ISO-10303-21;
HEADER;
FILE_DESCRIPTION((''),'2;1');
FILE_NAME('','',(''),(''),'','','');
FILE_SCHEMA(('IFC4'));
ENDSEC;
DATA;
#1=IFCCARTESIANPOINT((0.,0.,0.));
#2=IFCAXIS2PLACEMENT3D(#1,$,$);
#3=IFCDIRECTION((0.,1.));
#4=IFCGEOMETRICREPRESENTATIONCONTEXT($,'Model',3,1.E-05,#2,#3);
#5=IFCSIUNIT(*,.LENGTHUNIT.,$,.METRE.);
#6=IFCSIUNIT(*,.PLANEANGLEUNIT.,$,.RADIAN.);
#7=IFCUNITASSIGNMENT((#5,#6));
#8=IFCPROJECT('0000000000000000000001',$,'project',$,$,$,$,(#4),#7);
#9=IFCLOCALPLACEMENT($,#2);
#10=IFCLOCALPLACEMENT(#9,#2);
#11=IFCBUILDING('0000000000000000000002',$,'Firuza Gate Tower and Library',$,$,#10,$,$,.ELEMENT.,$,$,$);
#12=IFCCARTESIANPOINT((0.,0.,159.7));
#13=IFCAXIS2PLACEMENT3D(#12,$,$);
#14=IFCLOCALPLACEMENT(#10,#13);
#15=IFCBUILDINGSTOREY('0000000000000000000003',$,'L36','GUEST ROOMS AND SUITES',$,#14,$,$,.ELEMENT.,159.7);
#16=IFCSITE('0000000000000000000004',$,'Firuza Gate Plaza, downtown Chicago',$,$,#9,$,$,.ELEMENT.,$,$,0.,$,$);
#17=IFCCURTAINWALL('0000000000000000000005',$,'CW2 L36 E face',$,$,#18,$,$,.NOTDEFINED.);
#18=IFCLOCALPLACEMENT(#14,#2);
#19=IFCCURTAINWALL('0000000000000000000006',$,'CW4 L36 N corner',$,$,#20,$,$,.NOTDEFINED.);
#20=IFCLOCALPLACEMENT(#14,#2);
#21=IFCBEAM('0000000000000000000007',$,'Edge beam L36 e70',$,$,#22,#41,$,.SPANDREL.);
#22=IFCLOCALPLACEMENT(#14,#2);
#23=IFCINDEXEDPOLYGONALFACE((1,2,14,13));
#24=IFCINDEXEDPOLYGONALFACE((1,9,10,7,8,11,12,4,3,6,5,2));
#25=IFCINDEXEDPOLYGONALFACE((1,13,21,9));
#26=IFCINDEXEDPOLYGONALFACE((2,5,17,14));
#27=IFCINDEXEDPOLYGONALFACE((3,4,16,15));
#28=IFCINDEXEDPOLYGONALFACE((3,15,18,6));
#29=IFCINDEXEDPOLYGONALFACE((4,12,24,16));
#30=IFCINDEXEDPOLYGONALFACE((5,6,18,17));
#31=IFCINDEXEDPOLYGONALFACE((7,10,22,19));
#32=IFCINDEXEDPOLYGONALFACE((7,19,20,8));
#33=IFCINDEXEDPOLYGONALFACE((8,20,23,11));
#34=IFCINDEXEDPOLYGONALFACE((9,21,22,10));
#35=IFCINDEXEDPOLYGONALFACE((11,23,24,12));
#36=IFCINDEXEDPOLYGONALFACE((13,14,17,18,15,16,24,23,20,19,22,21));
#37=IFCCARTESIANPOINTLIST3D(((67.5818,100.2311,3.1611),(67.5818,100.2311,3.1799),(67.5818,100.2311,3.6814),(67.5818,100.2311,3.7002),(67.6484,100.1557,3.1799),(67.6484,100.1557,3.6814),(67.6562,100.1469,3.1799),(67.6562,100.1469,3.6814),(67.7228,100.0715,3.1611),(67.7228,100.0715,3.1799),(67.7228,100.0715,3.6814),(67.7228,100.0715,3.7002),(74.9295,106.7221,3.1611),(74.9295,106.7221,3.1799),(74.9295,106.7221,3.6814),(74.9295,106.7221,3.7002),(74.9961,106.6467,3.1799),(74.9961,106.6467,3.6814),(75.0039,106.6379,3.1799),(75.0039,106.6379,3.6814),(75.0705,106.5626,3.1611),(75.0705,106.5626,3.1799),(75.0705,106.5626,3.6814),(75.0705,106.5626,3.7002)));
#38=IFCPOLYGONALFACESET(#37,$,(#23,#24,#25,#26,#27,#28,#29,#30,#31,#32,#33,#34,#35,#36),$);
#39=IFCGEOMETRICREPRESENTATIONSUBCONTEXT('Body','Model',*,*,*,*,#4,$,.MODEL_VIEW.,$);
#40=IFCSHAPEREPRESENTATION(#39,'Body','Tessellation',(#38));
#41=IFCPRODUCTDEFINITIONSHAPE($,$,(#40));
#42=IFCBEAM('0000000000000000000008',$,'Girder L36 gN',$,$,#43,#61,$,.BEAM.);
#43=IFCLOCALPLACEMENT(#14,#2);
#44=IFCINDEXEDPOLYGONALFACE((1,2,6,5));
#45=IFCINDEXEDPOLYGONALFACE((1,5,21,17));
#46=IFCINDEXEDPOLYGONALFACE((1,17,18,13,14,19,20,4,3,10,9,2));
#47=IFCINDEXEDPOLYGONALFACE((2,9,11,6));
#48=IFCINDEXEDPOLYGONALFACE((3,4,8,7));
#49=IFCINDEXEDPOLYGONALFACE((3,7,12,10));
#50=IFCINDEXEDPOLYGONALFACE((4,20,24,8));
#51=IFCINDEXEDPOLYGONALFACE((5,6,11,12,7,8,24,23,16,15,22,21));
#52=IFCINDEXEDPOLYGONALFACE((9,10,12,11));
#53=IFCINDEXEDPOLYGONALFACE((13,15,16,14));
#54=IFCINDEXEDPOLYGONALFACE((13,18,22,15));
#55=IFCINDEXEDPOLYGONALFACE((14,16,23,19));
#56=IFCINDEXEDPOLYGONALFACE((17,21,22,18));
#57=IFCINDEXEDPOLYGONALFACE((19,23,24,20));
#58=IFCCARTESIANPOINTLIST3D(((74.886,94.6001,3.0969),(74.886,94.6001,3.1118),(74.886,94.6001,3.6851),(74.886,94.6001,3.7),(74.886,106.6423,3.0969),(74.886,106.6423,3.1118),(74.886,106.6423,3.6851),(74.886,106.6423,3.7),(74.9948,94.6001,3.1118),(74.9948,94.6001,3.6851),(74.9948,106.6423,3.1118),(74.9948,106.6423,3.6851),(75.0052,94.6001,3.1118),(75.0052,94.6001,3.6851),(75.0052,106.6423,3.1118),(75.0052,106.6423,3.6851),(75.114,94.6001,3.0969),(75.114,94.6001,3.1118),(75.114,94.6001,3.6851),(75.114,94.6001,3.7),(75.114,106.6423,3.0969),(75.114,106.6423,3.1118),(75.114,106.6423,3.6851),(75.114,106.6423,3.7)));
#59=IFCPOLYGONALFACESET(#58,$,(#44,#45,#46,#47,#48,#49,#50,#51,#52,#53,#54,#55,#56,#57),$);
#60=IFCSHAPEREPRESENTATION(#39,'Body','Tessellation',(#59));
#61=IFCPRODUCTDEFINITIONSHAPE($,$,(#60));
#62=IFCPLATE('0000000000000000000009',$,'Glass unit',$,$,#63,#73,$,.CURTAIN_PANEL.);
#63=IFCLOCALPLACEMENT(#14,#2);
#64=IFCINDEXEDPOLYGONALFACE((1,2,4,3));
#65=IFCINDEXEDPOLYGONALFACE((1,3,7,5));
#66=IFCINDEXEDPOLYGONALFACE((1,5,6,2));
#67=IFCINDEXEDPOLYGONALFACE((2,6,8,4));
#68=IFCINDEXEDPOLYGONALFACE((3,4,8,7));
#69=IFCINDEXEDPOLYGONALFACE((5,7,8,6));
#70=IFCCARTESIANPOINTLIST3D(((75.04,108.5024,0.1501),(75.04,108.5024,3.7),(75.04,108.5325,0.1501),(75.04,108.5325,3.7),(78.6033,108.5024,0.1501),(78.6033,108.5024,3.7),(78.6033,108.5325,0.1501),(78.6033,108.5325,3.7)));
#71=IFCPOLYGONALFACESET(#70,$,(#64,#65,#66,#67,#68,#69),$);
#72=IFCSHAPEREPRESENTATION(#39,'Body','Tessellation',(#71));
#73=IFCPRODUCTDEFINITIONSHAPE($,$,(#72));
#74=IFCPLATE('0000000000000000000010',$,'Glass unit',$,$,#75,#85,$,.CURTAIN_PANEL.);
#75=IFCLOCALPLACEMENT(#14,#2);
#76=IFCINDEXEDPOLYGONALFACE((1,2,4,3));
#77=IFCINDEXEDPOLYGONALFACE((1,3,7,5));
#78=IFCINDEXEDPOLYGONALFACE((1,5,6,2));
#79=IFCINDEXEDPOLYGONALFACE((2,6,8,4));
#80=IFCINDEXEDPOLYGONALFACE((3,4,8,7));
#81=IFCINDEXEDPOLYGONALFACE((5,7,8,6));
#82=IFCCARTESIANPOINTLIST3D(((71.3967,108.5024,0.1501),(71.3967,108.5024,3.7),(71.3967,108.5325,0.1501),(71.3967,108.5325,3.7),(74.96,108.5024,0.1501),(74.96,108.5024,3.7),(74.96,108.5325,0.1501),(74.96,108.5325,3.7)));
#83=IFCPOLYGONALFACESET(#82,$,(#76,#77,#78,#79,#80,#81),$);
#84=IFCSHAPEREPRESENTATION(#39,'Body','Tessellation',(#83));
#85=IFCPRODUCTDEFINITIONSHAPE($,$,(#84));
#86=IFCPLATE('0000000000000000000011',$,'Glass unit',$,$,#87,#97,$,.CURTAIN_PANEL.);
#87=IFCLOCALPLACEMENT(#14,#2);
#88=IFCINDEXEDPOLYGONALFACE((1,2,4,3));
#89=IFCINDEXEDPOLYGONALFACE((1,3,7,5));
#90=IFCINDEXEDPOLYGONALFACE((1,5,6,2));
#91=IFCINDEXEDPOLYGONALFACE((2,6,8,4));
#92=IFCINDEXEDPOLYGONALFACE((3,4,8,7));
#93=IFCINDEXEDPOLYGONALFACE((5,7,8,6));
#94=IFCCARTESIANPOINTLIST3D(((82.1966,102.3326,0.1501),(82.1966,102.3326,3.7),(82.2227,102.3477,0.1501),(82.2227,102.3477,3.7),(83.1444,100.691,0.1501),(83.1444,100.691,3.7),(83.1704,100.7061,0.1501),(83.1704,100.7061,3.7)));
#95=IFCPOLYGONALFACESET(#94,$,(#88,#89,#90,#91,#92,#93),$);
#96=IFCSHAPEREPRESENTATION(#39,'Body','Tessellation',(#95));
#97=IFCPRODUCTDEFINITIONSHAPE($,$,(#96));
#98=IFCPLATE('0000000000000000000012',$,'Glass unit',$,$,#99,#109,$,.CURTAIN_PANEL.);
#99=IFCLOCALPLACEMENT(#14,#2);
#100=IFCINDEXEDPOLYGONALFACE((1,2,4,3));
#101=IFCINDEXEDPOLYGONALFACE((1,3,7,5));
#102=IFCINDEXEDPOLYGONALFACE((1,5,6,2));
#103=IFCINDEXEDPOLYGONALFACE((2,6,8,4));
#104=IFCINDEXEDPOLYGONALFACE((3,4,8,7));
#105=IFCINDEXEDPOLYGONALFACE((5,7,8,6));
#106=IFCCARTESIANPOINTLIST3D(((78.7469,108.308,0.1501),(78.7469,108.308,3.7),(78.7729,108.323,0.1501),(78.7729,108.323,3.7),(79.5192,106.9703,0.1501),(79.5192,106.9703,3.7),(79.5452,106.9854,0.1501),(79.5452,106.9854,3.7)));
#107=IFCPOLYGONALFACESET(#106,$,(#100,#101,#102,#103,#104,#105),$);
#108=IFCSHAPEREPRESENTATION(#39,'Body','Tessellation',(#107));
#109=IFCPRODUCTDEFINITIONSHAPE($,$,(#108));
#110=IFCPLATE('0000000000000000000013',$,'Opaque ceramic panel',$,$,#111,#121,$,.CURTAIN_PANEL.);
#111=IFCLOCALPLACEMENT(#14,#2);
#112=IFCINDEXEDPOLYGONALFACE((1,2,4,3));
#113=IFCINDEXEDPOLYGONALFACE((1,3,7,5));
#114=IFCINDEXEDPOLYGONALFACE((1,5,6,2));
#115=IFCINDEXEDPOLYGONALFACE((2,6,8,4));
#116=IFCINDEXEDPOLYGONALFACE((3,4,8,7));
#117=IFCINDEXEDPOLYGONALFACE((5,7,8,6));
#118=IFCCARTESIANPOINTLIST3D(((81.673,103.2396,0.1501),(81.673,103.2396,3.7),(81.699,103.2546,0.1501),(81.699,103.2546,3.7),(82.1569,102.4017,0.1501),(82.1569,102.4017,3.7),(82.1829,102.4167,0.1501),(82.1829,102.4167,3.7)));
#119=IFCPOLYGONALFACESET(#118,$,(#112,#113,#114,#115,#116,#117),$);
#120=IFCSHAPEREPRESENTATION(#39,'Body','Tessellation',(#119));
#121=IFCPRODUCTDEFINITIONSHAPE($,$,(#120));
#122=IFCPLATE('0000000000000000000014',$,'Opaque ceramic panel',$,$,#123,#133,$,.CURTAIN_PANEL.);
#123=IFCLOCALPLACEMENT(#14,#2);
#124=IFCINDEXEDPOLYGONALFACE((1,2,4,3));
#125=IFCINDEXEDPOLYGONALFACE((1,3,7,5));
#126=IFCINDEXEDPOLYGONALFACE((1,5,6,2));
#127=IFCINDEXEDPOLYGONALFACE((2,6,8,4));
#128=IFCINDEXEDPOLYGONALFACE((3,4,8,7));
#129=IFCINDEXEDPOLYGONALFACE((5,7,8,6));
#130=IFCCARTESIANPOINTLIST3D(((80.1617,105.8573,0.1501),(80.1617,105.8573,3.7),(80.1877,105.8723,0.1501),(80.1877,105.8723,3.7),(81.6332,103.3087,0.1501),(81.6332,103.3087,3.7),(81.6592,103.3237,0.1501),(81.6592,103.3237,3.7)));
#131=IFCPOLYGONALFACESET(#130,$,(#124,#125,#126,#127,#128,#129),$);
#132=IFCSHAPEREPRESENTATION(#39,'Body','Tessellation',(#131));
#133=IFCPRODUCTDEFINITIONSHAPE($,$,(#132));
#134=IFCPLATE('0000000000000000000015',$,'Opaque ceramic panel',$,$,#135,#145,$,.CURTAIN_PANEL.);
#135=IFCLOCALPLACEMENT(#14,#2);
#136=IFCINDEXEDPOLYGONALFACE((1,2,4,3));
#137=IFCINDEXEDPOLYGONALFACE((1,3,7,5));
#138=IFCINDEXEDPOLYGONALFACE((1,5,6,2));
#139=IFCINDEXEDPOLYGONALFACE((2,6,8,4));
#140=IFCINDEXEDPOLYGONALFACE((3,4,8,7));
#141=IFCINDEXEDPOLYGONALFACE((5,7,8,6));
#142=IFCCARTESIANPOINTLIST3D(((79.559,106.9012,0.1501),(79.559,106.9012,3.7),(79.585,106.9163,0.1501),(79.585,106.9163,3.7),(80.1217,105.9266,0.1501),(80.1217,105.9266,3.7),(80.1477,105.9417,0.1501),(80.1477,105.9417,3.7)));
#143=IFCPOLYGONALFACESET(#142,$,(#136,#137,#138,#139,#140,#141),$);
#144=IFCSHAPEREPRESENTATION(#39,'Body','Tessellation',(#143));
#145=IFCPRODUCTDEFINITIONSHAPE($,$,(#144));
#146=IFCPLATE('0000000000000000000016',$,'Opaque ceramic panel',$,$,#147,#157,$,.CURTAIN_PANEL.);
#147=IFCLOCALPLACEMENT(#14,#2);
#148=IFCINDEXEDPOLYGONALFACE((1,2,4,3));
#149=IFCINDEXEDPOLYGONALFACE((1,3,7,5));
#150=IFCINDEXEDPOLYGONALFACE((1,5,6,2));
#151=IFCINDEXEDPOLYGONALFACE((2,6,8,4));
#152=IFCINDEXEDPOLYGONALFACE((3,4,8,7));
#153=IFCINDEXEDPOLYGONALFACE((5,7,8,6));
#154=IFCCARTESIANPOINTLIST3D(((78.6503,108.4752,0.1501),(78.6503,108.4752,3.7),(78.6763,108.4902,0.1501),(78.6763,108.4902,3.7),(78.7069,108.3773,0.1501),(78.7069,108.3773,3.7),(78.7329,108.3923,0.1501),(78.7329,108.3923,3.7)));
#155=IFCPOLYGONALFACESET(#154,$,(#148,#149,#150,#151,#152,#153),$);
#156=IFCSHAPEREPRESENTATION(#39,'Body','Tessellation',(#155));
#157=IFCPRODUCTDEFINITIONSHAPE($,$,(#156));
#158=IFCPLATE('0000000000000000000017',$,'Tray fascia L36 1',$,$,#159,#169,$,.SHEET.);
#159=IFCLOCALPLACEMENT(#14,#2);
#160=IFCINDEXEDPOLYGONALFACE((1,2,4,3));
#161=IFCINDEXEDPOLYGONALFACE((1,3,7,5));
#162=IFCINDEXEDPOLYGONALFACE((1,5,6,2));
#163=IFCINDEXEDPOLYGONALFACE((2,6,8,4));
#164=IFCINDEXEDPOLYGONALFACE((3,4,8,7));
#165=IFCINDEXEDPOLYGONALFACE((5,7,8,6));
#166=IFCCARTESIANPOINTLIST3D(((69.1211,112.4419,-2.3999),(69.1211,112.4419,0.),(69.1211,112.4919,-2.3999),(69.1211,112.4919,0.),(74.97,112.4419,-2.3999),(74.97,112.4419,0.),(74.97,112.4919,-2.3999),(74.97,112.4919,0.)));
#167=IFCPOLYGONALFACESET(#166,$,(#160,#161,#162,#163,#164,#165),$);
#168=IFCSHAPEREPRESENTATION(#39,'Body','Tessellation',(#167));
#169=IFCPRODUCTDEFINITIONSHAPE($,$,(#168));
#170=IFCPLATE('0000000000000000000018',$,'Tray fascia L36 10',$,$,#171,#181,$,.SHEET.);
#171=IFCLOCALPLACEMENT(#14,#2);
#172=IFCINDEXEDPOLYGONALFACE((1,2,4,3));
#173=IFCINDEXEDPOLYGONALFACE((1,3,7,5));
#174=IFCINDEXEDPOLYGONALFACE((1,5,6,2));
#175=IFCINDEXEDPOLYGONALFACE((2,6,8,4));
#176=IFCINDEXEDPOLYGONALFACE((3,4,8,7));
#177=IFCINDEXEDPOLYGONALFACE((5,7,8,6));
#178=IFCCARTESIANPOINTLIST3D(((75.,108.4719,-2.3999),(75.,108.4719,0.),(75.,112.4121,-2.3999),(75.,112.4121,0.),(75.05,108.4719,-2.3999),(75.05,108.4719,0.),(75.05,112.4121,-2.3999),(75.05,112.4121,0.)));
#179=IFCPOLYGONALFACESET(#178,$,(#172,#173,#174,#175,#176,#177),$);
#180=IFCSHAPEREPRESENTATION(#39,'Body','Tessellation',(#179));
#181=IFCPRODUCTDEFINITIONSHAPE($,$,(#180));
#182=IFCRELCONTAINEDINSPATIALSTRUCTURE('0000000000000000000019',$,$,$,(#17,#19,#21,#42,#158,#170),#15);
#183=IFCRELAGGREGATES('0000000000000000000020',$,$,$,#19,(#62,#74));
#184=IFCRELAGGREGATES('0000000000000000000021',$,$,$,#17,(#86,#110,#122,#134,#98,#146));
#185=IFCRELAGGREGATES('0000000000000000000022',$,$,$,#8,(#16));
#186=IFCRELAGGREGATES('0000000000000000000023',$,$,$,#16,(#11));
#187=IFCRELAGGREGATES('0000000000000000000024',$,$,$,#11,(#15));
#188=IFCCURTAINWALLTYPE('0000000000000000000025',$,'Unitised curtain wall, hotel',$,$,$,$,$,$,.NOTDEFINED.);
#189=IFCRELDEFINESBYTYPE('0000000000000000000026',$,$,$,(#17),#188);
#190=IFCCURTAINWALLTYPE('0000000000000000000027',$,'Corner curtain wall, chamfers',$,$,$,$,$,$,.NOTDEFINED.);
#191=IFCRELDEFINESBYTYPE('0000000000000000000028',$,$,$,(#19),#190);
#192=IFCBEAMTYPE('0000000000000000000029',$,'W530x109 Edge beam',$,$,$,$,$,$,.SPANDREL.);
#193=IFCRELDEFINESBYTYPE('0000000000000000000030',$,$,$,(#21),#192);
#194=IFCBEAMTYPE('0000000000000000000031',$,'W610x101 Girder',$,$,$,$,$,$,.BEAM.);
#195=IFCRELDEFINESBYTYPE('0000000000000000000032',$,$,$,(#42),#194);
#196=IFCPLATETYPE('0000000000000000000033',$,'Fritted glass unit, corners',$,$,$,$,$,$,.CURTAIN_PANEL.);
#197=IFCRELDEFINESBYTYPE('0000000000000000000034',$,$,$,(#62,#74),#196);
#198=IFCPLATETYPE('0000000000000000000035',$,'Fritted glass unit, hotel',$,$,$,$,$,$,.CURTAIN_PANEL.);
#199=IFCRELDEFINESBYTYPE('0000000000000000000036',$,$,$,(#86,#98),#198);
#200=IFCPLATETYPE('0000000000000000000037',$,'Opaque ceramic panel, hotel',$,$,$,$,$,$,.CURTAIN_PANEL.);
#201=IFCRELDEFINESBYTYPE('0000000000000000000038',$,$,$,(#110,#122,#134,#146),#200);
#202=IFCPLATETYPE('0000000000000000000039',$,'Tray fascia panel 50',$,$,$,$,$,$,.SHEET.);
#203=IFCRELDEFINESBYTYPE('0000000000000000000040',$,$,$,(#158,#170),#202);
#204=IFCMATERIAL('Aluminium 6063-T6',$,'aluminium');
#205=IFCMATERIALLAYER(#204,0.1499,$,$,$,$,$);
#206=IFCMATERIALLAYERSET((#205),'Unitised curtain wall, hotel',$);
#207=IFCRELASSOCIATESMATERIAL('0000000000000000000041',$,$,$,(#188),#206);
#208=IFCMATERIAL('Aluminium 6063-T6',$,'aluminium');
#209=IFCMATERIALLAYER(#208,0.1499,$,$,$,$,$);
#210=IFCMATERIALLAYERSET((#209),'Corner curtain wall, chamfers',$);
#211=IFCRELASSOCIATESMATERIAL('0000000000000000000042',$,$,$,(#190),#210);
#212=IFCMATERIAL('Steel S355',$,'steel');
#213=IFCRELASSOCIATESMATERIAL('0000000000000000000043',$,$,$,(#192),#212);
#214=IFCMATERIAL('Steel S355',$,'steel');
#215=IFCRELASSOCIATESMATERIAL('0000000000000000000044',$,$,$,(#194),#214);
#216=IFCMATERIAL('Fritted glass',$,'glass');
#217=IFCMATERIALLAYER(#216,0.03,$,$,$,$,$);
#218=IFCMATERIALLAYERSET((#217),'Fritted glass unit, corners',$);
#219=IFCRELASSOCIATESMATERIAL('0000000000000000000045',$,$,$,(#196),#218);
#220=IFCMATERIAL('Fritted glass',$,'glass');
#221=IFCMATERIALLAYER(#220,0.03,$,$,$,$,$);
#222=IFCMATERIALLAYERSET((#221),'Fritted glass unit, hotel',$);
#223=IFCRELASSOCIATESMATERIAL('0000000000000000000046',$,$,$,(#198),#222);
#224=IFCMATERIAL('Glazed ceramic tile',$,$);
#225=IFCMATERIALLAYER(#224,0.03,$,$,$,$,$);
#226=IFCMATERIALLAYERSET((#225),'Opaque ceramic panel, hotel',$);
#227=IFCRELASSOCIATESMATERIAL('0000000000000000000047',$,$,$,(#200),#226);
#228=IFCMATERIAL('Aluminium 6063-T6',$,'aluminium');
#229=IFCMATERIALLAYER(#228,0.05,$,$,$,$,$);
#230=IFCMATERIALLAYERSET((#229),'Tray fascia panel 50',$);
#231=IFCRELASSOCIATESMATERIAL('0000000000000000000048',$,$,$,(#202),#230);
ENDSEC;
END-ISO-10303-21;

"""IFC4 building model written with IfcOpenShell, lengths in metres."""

from ifc_helpers import new_model, si_unit, direction, frame, origin, origin_2d, place, context, subcontext, project, spatial, polyline, i_section, outline, extrude, material, layer, layer_set, material_profile, profile_set, type_object, element, aggregate, save


model = new_model("IFC4")

# Units and contexts
model_context = context("Model", 3, precision=1e-05, world=origin(), true_north=direction((0.0, 1.0)))
body_context = subcontext(model_context, "Body", "Model", "MODEL_VIEW")
ifc_project = project(units=[si_unit("LENGTHUNIT", "METRE"), si_unit("PLANEANGLEUNIT", "RADIAN")], contexts=[model_context])

# Site, building, storey
site_placement = place(None, origin())
site = spatial("IfcSite", under=ifc_project, at=site_placement, Name="Firuza Gate Plaza, downtown Chicago", CompositionType="ELEMENT", RefElevation=0.0)
building_placement = place(site_placement, origin())
building = spatial("IfcBuilding", under=site, at=building_placement, Name="Firuza Gate Tower and Library", CompositionType="ELEMENT")
storey_placement = place(building_placement, frame((0.0, 0.0, 159.7)))
storey = spatial("IfcBuildingStorey", under=building, at=storey_placement, Name="L36", Description="GUEST ROOMS AND SUITES", CompositionType="ELEMENT", Elevation=159.7)

# Curtain walls
ifc_material_1 = material(Name="Aluminium 6063-T6", Category="aluminium")
ifc_layer_1 = layer(ifc_material_1, 0.1499)
ifc_layer_set_1 = layer_set([ifc_layer_1], Name="Unitised curtain wall, hotel")
curtain_wall_type_1 = type_object("IfcCurtainWallType", Name="Unitised curtain wall, hotel", PredefinedType="NOTDEFINED", material=ifc_layer_set_1)
placement = place(storey_placement, origin())
curtain_wall_1 = element("IfcCurtainWall", 1, at=placement, inside=storey, type_object=curtain_wall_type_1, Name="CW2 L36 E face", PredefinedType="NOTDEFINED")
ifc_material_2 = material(Name="Aluminium 6063-T6", Category="aluminium")
ifc_layer_2 = layer(ifc_material_2, 0.1499)
ifc_layer_set_2 = layer_set([ifc_layer_2], Name="Corner curtain wall, chamfers")
curtain_wall_type_2 = type_object("IfcCurtainWallType", Name="Corner curtain wall, chamfers", PredefinedType="NOTDEFINED", material=ifc_layer_set_2)
curtain_wall_2 = element("IfcCurtainWall", 2, at=placement, inside=storey, type_object=curtain_wall_type_2, Name="CW4 L36 N corner", PredefinedType="NOTDEFINED")

# Beams
ifc_material_3 = material(Name="Steel S355", Category="steel")
ifc_material_profile_1 = material_profile(ifc_material_3, i_section(OverallWidth=0.2129, OverallDepth=0.5391, WebThickness=0.0117, FlangeThickness=0.0188, at=origin_2d()))
ifc_profile_set_1 = profile_set([ifc_material_profile_1], Name="Steel S355")
beam_type_1 = type_object("IfcBeamType", Name="W530x109 Edge beam", PredefinedType="SPANDREL", material=ifc_profile_set_1)
beam_1_placement = place(storey_placement, frame((75.0, 106.6423, 3.4307), z_axis=(-0.749446, -0.662065, 0.0), x_axis=(0.662065, -0.749446, 0.0)))
element("IfcBeam", 3, at=beam_1_placement, inside=storey, type_object=beam_type_1, Name="Edge beam L36 e70", PredefinedType="SPANDREL", context=body_context, shape_type="SweptSolid", body=[
    extrude(i_section(OverallWidth=0.2129, OverallDepth=0.5391, WebThickness=0.0117, FlangeThickness=0.0188, at=origin_2d()), origin(), (0.0, 0.0, 1.0), 9.8042),
])
ifc_material_4 = material(Name="Steel S355", Category="steel")
ifc_material_profile_2 = material_profile(ifc_material_4, i_section(OverallWidth=0.228, OverallDepth=0.603, WebThickness=0.0105, FlangeThickness=0.0149, at=origin_2d()))
ifc_profile_set_2 = profile_set([ifc_material_profile_2], Name="Steel S355")
beam_type_2 = type_object("IfcBeamType", Name="W610x101 Girder", PredefinedType="BEAM", material=ifc_profile_set_2)
beam_2_placement = place(storey_placement, frame((75.0, 106.6423, 3.3984), z_axis=(0.0, -1.0, 0.0), x_axis=(1.0, 0.0, 0.0)))
element("IfcBeam", 4, at=beam_2_placement, inside=storey, type_object=beam_type_2, Name="Girder L36 gN", PredefinedType="BEAM", context=body_context, shape_type="SweptSolid", body=[
    extrude(i_section(OverallWidth=0.228, OverallDepth=0.603, WebThickness=0.0105, FlangeThickness=0.0149, at=origin_2d()), origin(), (0.0, 0.0, 1.0), 12.0422),
])

# Plates
ifc_material_5 = material(Name="Fritted glass", Category="glass")
ifc_layer_3 = layer(ifc_material_5, 0.03)
ifc_layer_set_3 = layer_set([ifc_layer_3], Name="Fritted glass unit, corners")
plate_type_1 = type_object("IfcPlateType", Name="Fritted glass unit, corners", PredefinedType="CURTAIN_PANEL", material=ifc_layer_set_3)
plate_1_placement = place(storey_placement, frame((78.6033, 108.5325, 0.1501), z_axis=(0.0, 1.0, 0.0), x_axis=(-1.0, 0.0, 0.0)))
plate_1 = element("IfcPlate", 5, at=plate_1_placement, type_object=plate_type_1, Name="Glass unit", PredefinedType="CURTAIN_PANEL", context=body_context, shape_type="SweptSolid", body=[
    extrude(outline(polyline([(0.0, 0.0), (3.5632, 0.0), (3.5632, 3.5498), (0.0, 3.5498), (0.0, 0.0)])), origin(), (0.0, 0.0, -1.0), 0.03),
])
plate_2_placement = place(storey_placement, frame((74.96, 108.5325, 0.1501), z_axis=(0.0, 1.0, 0.0), x_axis=(-1.0, 0.0, 0.0)))
plate_2 = element("IfcPlate", 6, at=plate_2_placement, type_object=plate_type_1, Name="Glass unit", PredefinedType="CURTAIN_PANEL", context=body_context, shape_type="SweptSolid", body=[
    extrude(outline(polyline([(0.0, 0.0), (3.5632, 0.0), (3.5632, 3.5498), (0.0, 3.5498), (0.0, 0.0)])), origin(), (0.0, 0.0, -1.0), 0.03),
])
aggregate(curtain_wall_2, [plate_1, plate_2])
ifc_material_6 = material(Name="Fritted glass", Category="glass")
ifc_layer_4 = layer(ifc_material_6, 0.03)
ifc_layer_set_4 = layer_set([ifc_layer_4], Name="Fritted glass unit, hotel")
plate_type_2 = type_object("IfcPlateType", Name="Fritted glass unit, hotel", PredefinedType="CURTAIN_PANEL", material=ifc_layer_set_4)
plate_3_placement = place(storey_placement, frame((83.1704, 100.7061, 0.1501), z_axis=(0.866031, 0.49999, 0.0), x_axis=(-0.49999, 0.866031, 0.0)))
plate_3 = element("IfcPlate", 7, at=plate_3_placement, type_object=plate_type_2, Name="Glass unit", PredefinedType="CURTAIN_PANEL", context=body_context, shape_type="SweptSolid", body=[
    extrude(outline(polyline([(0.0, 0.0), (1.8955, 0.0), (1.8955, 3.5498), (0.0, 3.5498), (0.0, 0.0)])), origin(), (0.0, 0.0, -1.0), 0.03),
])
plate_4_placement = place(storey_placement, frame((79.5452, 106.9854, 0.1501), z_axis=(0.866046, 0.499964, 0.0), x_axis=(-0.499964, 0.866046, 0.0)))
plate_4 = element("IfcPlate", 8, at=plate_4_placement, type_object=plate_type_2, Name="Glass unit", PredefinedType="CURTAIN_PANEL", context=body_context, shape_type="SweptSolid", body=[
    extrude(outline(polyline([(0.0, 0.0), (1.5445, 0.0), (1.5445, 3.5498), (0.0, 3.5498), (0.0, 0.0)])), origin(), (0.0, 0.0, -1.0), 0.03),
])
ifc_material_7 = material(Name="Glazed ceramic tile")
ifc_layer_5 = layer(ifc_material_7, 0.03)
ifc_layer_set_5 = layer_set([ifc_layer_5], Name="Opaque ceramic panel, hotel")
plate_type_3 = type_object("IfcPlateType", Name="Opaque ceramic panel, hotel", PredefinedType="CURTAIN_PANEL", material=ifc_layer_set_5)
plate_5_placement = place(storey_placement, frame((82.1829, 102.4167, 0.1501), z_axis=(0.865967, 0.500101, 0.0), x_axis=(-0.500101, 0.865967, 0.0)))
plate_5 = element("IfcPlate", 9, at=plate_5_placement, type_object=plate_type_3, Name="Opaque ceramic panel", PredefinedType="CURTAIN_PANEL", context=body_context, shape_type="SweptSolid", body=[
    extrude(outline(polyline([(0.0, 0.0), (0.9676, 0.0), (0.9676, 3.5498), (0.0, 3.5498), (0.0, 0.0)])), origin(), (0.0, 0.0, -1.0), 0.03),
])
plate_6_placement = place(storey_placement, frame((81.6592, 103.3237, 0.1501), z_axis=(0.866024, 0.500003, 0.0), x_axis=(-0.500003, 0.866024, 0.0)))
plate_6 = element("IfcPlate", 10, at=plate_6_placement, type_object=plate_type_3, Name="Opaque ceramic panel", PredefinedType="CURTAIN_PANEL", context=body_context, shape_type="SweptSolid", body=[
    extrude(outline(polyline([(0.0, 0.0), (2.9429, 0.0), (2.9429, 3.5498), (0.0, 3.5498), (0.0, 0.0)])), origin(), (0.0, 0.0, -1.0), 0.03),
])
plate_7_placement = place(storey_placement, frame((80.1477, 105.9417, 0.1501), z_axis=(0.866005, 0.500035, 0.0), x_axis=(-0.500035, 0.866005, 0.0)))
plate_7 = element("IfcPlate", 11, at=plate_7_placement, type_object=plate_type_3, Name="Opaque ceramic panel", PredefinedType="CURTAIN_PANEL", context=body_context, shape_type="SweptSolid", body=[
    extrude(outline(polyline([(0.0, 0.0), (1.1254, 0.0), (1.1254, 3.5498), (0.0, 3.5498), (0.0, 0.0)])), origin(), (0.0, 0.0, -1.0), 0.03),
])
plate_8_placement = place(storey_placement, frame((78.7329, 108.3923, 0.1501), z_axis=(0.865574, 0.500781, 0.0), x_axis=(-0.500781, 0.865574, 0.0)))
plate_8 = element("IfcPlate", 12, at=plate_8_placement, type_object=plate_type_3, Name="Opaque ceramic panel", PredefinedType="CURTAIN_PANEL", context=body_context, shape_type="SweptSolid", body=[
    extrude(outline(polyline([(0.0, 0.0), (0.1131, 0.0), (0.1131, 3.5498), (0.0, 3.5498), (0.0, 0.0)])), origin(), (0.0, 0.0, -1.0), 0.03),
])
aggregate(curtain_wall_1, [plate_3, plate_5, plate_6, plate_7, plate_4, plate_8])

# Plates
ifc_material_8 = material(Name="Aluminium 6063-T6", Category="aluminium")
ifc_layer_6 = layer(ifc_material_8, 0.05)
ifc_layer_set_6 = layer_set([ifc_layer_6], Name="Tray fascia panel 50")
plate_type_4 = type_object("IfcPlateType", Name="Tray fascia panel 50", PredefinedType="SHEET", material=ifc_layer_set_6)
plate_9_placement = place(storey_placement, frame((74.97, 112.4919, -2.3999), z_axis=(0.0, 1.0, 0.0), x_axis=(-1.0, 0.0, 0.0)))
element("IfcPlate", 13, at=plate_9_placement, inside=storey, type_object=plate_type_4, Name="Tray fascia L36 1", PredefinedType="SHEET", context=body_context, shape_type="SweptSolid", body=[
    extrude(outline(polyline([(0.0, 0.0), (5.8489, 0.0), (5.8489, 2.3999), (0.0, 2.3999), (0.0, 0.0)])), origin(), (0.0, 0.0, -1.0), 0.05),
])
plate_10_placement = place(storey_placement, frame((75.05, 108.4719, -2.3999), z_axis=(1.0, 0.0, 0.0), x_axis=(0.0, 1.0, 0.0)))
element("IfcPlate", 14, at=plate_10_placement, inside=storey, type_object=plate_type_4, Name="Tray fascia L36 10", PredefinedType="SHEET", context=body_context, shape_type="SweptSolid", body=[
    extrude(outline(polyline([(0.0, 0.0), (3.9402, 0.0), (3.9402, 2.3999), (0.0, 2.3999), (0.0, 0.0)])), origin(), (0.0, 0.0, -1.0), 0.05),
])

save(model, "model.ifc")
